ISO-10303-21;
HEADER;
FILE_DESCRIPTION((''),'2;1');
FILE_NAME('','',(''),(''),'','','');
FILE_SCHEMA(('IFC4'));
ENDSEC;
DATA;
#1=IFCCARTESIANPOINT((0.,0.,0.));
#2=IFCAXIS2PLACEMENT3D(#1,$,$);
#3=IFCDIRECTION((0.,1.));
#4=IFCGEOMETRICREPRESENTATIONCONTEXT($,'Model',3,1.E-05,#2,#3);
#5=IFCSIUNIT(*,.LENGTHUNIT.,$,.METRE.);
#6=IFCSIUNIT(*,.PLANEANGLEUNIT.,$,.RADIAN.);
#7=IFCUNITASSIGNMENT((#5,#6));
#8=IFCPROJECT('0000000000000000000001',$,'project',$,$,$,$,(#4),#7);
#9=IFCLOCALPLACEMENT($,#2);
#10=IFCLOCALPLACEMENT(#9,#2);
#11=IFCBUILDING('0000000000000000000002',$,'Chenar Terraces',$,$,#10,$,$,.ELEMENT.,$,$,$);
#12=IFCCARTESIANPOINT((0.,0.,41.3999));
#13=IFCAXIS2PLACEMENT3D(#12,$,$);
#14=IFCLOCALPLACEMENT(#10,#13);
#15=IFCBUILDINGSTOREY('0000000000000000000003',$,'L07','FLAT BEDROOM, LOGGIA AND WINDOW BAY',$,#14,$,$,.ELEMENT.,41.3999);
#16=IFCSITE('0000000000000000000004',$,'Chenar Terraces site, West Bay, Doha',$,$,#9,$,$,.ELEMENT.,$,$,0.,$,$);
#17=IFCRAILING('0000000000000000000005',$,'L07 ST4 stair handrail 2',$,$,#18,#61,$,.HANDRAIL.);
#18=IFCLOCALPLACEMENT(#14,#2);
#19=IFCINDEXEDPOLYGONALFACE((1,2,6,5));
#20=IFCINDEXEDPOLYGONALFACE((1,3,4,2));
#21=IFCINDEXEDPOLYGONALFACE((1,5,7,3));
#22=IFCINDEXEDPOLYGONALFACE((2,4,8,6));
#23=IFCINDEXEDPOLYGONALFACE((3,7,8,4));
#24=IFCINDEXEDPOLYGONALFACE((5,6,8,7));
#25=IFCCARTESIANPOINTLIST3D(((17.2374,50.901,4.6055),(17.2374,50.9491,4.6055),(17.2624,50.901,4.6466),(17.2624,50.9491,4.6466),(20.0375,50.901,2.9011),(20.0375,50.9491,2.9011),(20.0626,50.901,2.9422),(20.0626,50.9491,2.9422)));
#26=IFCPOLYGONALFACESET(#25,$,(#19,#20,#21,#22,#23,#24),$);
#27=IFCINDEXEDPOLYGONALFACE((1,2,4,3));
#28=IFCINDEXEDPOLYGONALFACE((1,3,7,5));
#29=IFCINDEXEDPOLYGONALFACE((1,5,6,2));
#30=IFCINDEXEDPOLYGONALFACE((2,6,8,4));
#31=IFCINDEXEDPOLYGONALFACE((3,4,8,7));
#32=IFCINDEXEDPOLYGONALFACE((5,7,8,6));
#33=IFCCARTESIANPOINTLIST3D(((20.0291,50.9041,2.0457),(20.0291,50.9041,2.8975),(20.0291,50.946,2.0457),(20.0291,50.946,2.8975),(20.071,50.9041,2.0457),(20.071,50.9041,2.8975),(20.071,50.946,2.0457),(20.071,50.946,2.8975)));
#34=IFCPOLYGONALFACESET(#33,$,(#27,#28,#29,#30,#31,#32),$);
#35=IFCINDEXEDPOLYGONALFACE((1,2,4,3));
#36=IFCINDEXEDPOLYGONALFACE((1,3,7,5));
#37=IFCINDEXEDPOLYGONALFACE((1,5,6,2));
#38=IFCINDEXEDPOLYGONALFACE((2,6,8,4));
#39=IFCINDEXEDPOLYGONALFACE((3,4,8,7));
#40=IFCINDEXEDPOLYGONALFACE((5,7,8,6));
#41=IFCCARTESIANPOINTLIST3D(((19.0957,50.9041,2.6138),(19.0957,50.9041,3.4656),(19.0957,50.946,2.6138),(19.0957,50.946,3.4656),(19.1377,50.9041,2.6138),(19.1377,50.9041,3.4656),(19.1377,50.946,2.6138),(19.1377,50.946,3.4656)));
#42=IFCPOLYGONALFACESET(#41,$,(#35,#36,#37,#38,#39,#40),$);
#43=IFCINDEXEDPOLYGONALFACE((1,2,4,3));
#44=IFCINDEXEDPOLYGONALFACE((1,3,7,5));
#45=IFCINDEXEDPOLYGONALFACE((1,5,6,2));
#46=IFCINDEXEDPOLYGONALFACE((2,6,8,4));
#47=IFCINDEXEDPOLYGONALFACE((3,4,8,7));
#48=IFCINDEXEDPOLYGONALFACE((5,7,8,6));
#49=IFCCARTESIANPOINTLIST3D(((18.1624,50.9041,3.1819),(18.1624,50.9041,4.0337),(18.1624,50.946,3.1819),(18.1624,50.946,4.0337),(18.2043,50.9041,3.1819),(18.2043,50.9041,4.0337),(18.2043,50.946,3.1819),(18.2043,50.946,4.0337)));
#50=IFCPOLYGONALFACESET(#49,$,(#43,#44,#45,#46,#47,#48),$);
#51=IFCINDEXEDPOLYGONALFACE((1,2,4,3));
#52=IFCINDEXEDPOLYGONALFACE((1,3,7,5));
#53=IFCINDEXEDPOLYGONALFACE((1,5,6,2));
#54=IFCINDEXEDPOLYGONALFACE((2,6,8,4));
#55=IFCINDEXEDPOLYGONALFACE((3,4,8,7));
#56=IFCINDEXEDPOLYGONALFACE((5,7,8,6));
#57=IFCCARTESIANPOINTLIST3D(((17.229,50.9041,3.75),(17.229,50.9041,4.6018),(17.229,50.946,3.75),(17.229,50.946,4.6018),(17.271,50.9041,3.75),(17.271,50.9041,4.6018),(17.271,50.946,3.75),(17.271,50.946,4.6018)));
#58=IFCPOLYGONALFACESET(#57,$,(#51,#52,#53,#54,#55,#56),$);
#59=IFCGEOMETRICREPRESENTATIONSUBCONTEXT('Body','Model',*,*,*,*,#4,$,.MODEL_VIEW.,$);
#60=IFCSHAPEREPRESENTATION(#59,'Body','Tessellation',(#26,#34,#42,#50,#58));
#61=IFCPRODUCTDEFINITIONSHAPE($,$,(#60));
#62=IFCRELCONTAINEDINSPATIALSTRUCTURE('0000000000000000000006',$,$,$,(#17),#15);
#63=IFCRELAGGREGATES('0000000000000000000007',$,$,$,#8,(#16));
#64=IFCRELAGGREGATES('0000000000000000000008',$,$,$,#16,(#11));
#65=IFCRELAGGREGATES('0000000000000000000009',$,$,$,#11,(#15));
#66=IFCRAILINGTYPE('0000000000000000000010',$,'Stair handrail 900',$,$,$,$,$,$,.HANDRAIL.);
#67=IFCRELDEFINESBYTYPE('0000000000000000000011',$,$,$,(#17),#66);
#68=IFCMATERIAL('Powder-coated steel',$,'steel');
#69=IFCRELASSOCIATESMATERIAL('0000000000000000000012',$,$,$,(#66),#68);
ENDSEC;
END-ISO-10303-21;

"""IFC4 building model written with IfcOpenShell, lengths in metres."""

from ifc_helpers import new_model, si_unit, direction, frame, origin, origin_2d, place, context, subcontext, project, spatial, rectangle, extrude, material, type_object, element, save


model = new_model("IFC4")

# Units and contexts
model_context = context("Model", 3, precision=1e-05, world=origin(), true_north=direction((0.0, 1.0)))
body_context = subcontext(model_context, "Body", "Model", "MODEL_VIEW")
ifc_project = project(units=[si_unit("LENGTHUNIT", "METRE"), si_unit("PLANEANGLEUNIT", "RADIAN")], contexts=[model_context])

# Site, building, storey
site_placement = place(None, origin())
site = spatial("IfcSite", under=ifc_project, at=site_placement, Name="Chenar Terraces site, West Bay, Doha", CompositionType="ELEMENT", RefElevation=0.0)
building_placement = place(site_placement, origin())
building = spatial("IfcBuilding", under=site, at=building_placement, Name="Chenar Terraces", CompositionType="ELEMENT")
storey_placement = place(building_placement, frame((0.0, 0.0, 41.3999)))
storey = spatial("IfcBuildingStorey", under=building, at=storey_placement, Name="L07", Description="FLAT BEDROOM, LOGGIA AND WINDOW BAY", CompositionType="ELEMENT", Elevation=41.3999)

# Railing
ifc_material_1 = material(Name="Powder-coated steel", Category="steel")
railing_type_1 = type_object("IfcRailingType", Name="Stair handrail 900", PredefinedType="HANDRAIL", material=ifc_material_1)
railing_1_placement = place(storey_placement, frame((20.05, 50.925, 2.0457)))
element("IfcRailing", 1, at=railing_1_placement, inside=storey, type_object=railing_type_1, Name="L07 ST4 stair handrail 2", PredefinedType="HANDRAIL", context=body_context, shape_type="SweptSolid", body=[
    extrude(rectangle(XDim=0.0481, YDim=0.0481, at=origin_2d()), frame((0.0, 0.0, 0.876), z_axis=(-0.854203, 0.0, 0.51994), x_axis=(0.0, -1.0, 0.0)), (0.0, 0.0, 1.0), 3.2781),
    extrude(rectangle(XDim=0.042, YDim=0.042, at=origin_2d()), origin(), (0.0, 0.0, 1.0), 0.8518),
    extrude(rectangle(XDim=0.042, YDim=0.042, at=origin_2d()), frame((-0.9333, 0.0, 0.5681)), (0.0, 0.0, 1.0), 0.8518),
    extrude(rectangle(XDim=0.042, YDim=0.042, at=origin_2d()), frame((-1.8667, 0.0, 1.1362)), (0.0, 0.0, 1.0), 0.8518),
    extrude(rectangle(XDim=0.042, YDim=0.042, at=origin_2d()), frame((-2.8, 0.0, 1.7043)), (0.0, 0.0, 1.0), 0.8518),
])

save(model, "model.ifc")
